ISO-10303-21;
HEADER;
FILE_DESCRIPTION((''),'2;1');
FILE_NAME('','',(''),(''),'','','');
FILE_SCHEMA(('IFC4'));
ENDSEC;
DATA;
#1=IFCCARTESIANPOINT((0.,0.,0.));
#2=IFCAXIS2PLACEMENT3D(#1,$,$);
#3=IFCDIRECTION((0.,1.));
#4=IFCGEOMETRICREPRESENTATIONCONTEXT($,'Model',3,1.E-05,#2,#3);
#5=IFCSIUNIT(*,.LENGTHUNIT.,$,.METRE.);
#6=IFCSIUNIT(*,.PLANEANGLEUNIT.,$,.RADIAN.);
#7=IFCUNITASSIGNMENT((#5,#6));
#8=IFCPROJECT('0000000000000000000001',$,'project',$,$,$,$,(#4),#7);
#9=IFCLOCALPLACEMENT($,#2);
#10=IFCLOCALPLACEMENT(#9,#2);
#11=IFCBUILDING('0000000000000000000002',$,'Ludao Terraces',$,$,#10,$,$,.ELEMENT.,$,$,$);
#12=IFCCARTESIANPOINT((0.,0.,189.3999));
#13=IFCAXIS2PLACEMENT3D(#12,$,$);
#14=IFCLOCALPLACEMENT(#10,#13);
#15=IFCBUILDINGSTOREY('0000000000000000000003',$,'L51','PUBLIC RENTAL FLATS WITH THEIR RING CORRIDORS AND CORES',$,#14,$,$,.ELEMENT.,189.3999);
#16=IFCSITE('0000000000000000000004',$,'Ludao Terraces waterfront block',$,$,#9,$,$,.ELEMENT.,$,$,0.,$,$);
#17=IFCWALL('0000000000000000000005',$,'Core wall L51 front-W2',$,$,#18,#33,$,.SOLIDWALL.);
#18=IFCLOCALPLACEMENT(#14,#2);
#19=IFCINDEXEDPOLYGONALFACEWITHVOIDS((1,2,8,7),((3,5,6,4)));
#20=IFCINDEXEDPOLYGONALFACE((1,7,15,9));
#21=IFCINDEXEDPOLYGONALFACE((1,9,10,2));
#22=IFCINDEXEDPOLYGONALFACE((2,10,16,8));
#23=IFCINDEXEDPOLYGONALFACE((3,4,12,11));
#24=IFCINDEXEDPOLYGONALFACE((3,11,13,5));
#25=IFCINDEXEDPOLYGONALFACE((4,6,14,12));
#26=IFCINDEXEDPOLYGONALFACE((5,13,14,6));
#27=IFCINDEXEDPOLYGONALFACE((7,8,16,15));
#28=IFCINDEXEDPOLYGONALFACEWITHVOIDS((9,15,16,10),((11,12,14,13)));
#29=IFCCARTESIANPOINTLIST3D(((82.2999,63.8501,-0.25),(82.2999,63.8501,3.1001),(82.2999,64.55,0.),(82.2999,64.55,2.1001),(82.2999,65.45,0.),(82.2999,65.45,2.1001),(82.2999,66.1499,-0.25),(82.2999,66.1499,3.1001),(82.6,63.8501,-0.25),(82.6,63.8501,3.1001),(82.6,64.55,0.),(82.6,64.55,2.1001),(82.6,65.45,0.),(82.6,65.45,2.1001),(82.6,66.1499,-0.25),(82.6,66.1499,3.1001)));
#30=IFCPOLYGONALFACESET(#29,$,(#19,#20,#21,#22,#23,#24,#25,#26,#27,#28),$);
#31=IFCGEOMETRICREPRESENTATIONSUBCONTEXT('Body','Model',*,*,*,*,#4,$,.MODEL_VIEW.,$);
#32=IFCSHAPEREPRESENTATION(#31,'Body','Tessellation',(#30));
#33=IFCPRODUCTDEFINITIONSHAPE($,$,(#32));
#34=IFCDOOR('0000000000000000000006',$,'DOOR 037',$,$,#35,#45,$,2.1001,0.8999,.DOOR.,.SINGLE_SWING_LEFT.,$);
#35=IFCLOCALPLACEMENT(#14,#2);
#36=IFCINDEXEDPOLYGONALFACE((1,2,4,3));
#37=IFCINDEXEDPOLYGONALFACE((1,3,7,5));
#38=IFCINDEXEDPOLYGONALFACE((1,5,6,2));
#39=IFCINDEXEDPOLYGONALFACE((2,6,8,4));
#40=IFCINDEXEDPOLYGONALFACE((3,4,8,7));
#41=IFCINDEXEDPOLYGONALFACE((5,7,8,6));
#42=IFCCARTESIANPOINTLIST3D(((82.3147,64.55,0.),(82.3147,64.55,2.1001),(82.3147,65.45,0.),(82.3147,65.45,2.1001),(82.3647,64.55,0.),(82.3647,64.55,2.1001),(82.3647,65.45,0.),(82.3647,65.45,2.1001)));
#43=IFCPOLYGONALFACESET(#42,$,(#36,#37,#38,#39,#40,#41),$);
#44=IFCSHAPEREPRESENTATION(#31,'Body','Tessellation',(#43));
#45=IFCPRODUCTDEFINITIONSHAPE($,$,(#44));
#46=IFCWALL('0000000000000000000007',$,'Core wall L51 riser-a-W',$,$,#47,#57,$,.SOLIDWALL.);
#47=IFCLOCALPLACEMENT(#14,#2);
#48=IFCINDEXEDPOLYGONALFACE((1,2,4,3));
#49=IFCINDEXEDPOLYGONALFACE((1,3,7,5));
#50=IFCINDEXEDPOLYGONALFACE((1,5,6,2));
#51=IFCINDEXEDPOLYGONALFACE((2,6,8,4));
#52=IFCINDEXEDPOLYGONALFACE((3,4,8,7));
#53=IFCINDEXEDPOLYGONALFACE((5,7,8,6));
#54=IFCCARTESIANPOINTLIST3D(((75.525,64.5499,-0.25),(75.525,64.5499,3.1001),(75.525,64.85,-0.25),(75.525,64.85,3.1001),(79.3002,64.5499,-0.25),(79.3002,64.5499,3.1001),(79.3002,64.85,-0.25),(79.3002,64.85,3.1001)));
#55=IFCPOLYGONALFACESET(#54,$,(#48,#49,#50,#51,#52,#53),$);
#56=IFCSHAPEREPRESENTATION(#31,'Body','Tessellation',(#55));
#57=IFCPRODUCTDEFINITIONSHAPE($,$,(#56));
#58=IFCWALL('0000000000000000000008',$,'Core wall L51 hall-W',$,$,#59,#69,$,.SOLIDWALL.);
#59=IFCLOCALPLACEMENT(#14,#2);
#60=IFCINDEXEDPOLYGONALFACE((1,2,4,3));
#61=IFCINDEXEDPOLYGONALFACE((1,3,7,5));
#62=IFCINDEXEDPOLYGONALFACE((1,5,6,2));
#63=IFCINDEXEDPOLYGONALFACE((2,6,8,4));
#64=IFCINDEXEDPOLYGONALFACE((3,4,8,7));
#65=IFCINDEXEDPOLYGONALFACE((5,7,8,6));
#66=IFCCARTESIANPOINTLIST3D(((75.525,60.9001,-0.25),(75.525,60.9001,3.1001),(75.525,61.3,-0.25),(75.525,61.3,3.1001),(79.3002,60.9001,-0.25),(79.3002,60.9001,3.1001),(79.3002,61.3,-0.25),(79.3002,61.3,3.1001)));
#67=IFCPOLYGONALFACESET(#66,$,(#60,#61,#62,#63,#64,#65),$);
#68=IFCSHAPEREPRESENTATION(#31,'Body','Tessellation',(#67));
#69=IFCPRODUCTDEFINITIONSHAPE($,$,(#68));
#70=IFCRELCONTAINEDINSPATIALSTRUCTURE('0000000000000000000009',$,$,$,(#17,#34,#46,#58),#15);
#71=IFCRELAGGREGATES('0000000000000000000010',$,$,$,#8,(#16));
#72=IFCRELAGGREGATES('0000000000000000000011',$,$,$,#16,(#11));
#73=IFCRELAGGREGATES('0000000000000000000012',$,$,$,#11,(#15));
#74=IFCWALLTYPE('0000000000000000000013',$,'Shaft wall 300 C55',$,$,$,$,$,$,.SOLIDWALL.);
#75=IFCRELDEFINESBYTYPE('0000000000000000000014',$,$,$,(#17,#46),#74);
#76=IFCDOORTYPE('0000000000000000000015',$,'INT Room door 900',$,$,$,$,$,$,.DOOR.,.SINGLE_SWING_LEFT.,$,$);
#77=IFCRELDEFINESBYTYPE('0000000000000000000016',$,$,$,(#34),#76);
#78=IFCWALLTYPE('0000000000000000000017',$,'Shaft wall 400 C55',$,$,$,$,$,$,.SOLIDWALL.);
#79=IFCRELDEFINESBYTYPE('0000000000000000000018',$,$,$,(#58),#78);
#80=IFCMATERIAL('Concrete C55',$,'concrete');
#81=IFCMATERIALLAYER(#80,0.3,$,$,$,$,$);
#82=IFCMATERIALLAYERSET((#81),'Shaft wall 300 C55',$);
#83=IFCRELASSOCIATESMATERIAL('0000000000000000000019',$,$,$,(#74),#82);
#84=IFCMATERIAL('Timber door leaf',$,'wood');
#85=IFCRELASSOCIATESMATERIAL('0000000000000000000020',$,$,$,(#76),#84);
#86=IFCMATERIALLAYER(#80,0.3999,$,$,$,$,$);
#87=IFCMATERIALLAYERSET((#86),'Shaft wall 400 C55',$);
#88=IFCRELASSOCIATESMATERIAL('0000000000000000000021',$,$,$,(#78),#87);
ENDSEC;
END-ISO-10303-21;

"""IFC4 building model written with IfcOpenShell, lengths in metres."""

from ifc_helpers import new_model, si_unit, direction, frame, frame_2d, origin, place, context, subcontext, project, spatial, rectangle, extrude, material, layer, layer_set, type_object, element, fill, save


model = new_model("IFC4")

# Units and contexts
model_context = context("Model", 3, precision=1e-05, world=origin(), true_north=direction((0.0, 1.0)))
body_context = subcontext(model_context, "Body", "Model", "MODEL_VIEW")
ifc_project = project(units=[si_unit("LENGTHUNIT", "METRE"), si_unit("PLANEANGLEUNIT", "RADIAN")], contexts=[model_context])

# Site, building, storey
site_placement = place(None, origin())
site = spatial("IfcSite", under=ifc_project, at=site_placement, Name="Ludao Terraces waterfront block", CompositionType="ELEMENT", RefElevation=0.0)
building_placement = place(site_placement, origin())
building = spatial("IfcBuilding", under=site, at=building_placement, Name="Ludao Terraces", CompositionType="ELEMENT")
storey_placement = place(building_placement, frame((0.0, 0.0, 189.3999)))
storey = spatial("IfcBuildingStorey", under=building, at=storey_placement, Name="L51", Description="PUBLIC RENTAL FLATS WITH THEIR RING CORRIDORS AND CORES", CompositionType="ELEMENT", Elevation=189.3999)

# Shared definitions
ifc_material_1 = material(Name="Timber door leaf", Category="wood")

# Shared definitions
ifc_material_2 = material(Name="Concrete C55", Category="concrete")
ifc_layer_1 = layer(ifc_material_2, 0.3)
ifc_layer_set_1 = layer_set([ifc_layer_1], Name="Shaft wall 300 C55")
wall_type_1 = type_object("IfcWallType", Name="Shaft wall 300 C55", PredefinedType="SOLIDWALL", material=ifc_layer_set_1)

# Shared definitions
door_type_1 = type_object("IfcDoorType", Name="INT Room door 900", OperationType="SINGLE_SWING_LEFT", PredefinedType="DOOR", material=ifc_material_1)

# Wall, opening, door
wall_1_placement = place(storey_placement, frame((82.45, 63.8501, -0.25), z_axis=(0.0, 0.0, 1.0), x_axis=(0.0, 1.0, 0.0)))
wall_1 = element("IfcWall", 1, at=wall_1_placement, inside=storey, type_object=wall_type_1, Name="Core wall L51 front-W2", PredefinedType="SOLIDWALL", context=body_context, shape_type="SweptSolid", body=[
    extrude(rectangle(XDim=2.2998, YDim=0.3, at=frame_2d((1.1499, 0.0))), origin(), (0.0, 0.0, 1.0), 3.3501),
])
opening_1_placement = place(wall_1_placement, frame((0.7, 0.0, 0.25)))
opening_1 = element("IfcOpeningElement", 2, at=opening_1_placement, cuts=wall_1, PredefinedType="OPENING", context=body_context, shape_type="SweptSolid", body=[
    extrude(rectangle(XDim=0.8999, YDim=2.1001, at=frame_2d((0.45, 1.05))), frame((0.0, 0.1602, 0.0), z_axis=(0.0, -1.0, 0.0), x_axis=(1.0, 0.0, 0.0)), (0.0, 0.0, 1.0), 0.3201),
])
door_1_placement = place(opening_1_placement, origin())
door_1 = element("IfcDoor", 3, at=door_1_placement, inside=storey, type_object=door_type_1, Name="DOOR 037", OperationType="SINGLE_SWING_LEFT", OverallHeight=2.1001, OverallWidth=0.8999, PredefinedType="DOOR", context=body_context, shape_type="SweptSolid", body=[
    extrude(rectangle(XDim=0.8999, YDim=2.1001, at=frame_2d((0.45, 1.05))), frame((0.0, 0.1353, 0.0), z_axis=(0.0, -1.0, 0.0), x_axis=(1.0, 0.0, 0.0)), (0.0, 0.0, 1.0), 0.05),
])
fill(opening_1, door_1)

# Walls
wall_2_placement = place(storey_placement, frame((75.5249, 64.7, -0.25), z_axis=(0.0, 0.0, 1.0), x_axis=(1.0, 0.0, 0.0)))
element("IfcWall", 4, at=wall_2_placement, inside=storey, type_object=wall_type_1, Name="Core wall L51 riser-a-W", PredefinedType="SOLIDWALL", context=body_context, shape_type="SweptSolid", body=[
    extrude(rectangle(XDim=3.7751, YDim=0.3, at=frame_2d((1.8877, 0.0))), origin(), (0.0, 0.0, 1.0), 3.3501),
])
ifc_layer_2 = layer(ifc_material_2, 0.3999)
ifc_layer_set_2 = layer_set([ifc_layer_2], Name="Shaft wall 400 C55")
wall_type_2 = type_object("IfcWallType", Name="Shaft wall 400 C55", PredefinedType="SOLIDWALL", material=ifc_layer_set_2)
wall_3_placement = place(storey_placement, frame((75.5249, 61.1001, -0.25), z_axis=(0.0, 0.0, 1.0), x_axis=(1.0, 0.0, 0.0)))
element("IfcWall", 5, at=wall_3_placement, inside=storey, type_object=wall_type_2, Name="Core wall L51 hall-W", PredefinedType="SOLIDWALL", context=body_context, shape_type="SweptSolid", body=[
    extrude(rectangle(XDim=3.7751, YDim=0.3999, at=frame_2d((1.8877, 0.0))), origin(), (0.0, 0.0, 1.0), 3.3501),
])

save(model, "model.ifc")
